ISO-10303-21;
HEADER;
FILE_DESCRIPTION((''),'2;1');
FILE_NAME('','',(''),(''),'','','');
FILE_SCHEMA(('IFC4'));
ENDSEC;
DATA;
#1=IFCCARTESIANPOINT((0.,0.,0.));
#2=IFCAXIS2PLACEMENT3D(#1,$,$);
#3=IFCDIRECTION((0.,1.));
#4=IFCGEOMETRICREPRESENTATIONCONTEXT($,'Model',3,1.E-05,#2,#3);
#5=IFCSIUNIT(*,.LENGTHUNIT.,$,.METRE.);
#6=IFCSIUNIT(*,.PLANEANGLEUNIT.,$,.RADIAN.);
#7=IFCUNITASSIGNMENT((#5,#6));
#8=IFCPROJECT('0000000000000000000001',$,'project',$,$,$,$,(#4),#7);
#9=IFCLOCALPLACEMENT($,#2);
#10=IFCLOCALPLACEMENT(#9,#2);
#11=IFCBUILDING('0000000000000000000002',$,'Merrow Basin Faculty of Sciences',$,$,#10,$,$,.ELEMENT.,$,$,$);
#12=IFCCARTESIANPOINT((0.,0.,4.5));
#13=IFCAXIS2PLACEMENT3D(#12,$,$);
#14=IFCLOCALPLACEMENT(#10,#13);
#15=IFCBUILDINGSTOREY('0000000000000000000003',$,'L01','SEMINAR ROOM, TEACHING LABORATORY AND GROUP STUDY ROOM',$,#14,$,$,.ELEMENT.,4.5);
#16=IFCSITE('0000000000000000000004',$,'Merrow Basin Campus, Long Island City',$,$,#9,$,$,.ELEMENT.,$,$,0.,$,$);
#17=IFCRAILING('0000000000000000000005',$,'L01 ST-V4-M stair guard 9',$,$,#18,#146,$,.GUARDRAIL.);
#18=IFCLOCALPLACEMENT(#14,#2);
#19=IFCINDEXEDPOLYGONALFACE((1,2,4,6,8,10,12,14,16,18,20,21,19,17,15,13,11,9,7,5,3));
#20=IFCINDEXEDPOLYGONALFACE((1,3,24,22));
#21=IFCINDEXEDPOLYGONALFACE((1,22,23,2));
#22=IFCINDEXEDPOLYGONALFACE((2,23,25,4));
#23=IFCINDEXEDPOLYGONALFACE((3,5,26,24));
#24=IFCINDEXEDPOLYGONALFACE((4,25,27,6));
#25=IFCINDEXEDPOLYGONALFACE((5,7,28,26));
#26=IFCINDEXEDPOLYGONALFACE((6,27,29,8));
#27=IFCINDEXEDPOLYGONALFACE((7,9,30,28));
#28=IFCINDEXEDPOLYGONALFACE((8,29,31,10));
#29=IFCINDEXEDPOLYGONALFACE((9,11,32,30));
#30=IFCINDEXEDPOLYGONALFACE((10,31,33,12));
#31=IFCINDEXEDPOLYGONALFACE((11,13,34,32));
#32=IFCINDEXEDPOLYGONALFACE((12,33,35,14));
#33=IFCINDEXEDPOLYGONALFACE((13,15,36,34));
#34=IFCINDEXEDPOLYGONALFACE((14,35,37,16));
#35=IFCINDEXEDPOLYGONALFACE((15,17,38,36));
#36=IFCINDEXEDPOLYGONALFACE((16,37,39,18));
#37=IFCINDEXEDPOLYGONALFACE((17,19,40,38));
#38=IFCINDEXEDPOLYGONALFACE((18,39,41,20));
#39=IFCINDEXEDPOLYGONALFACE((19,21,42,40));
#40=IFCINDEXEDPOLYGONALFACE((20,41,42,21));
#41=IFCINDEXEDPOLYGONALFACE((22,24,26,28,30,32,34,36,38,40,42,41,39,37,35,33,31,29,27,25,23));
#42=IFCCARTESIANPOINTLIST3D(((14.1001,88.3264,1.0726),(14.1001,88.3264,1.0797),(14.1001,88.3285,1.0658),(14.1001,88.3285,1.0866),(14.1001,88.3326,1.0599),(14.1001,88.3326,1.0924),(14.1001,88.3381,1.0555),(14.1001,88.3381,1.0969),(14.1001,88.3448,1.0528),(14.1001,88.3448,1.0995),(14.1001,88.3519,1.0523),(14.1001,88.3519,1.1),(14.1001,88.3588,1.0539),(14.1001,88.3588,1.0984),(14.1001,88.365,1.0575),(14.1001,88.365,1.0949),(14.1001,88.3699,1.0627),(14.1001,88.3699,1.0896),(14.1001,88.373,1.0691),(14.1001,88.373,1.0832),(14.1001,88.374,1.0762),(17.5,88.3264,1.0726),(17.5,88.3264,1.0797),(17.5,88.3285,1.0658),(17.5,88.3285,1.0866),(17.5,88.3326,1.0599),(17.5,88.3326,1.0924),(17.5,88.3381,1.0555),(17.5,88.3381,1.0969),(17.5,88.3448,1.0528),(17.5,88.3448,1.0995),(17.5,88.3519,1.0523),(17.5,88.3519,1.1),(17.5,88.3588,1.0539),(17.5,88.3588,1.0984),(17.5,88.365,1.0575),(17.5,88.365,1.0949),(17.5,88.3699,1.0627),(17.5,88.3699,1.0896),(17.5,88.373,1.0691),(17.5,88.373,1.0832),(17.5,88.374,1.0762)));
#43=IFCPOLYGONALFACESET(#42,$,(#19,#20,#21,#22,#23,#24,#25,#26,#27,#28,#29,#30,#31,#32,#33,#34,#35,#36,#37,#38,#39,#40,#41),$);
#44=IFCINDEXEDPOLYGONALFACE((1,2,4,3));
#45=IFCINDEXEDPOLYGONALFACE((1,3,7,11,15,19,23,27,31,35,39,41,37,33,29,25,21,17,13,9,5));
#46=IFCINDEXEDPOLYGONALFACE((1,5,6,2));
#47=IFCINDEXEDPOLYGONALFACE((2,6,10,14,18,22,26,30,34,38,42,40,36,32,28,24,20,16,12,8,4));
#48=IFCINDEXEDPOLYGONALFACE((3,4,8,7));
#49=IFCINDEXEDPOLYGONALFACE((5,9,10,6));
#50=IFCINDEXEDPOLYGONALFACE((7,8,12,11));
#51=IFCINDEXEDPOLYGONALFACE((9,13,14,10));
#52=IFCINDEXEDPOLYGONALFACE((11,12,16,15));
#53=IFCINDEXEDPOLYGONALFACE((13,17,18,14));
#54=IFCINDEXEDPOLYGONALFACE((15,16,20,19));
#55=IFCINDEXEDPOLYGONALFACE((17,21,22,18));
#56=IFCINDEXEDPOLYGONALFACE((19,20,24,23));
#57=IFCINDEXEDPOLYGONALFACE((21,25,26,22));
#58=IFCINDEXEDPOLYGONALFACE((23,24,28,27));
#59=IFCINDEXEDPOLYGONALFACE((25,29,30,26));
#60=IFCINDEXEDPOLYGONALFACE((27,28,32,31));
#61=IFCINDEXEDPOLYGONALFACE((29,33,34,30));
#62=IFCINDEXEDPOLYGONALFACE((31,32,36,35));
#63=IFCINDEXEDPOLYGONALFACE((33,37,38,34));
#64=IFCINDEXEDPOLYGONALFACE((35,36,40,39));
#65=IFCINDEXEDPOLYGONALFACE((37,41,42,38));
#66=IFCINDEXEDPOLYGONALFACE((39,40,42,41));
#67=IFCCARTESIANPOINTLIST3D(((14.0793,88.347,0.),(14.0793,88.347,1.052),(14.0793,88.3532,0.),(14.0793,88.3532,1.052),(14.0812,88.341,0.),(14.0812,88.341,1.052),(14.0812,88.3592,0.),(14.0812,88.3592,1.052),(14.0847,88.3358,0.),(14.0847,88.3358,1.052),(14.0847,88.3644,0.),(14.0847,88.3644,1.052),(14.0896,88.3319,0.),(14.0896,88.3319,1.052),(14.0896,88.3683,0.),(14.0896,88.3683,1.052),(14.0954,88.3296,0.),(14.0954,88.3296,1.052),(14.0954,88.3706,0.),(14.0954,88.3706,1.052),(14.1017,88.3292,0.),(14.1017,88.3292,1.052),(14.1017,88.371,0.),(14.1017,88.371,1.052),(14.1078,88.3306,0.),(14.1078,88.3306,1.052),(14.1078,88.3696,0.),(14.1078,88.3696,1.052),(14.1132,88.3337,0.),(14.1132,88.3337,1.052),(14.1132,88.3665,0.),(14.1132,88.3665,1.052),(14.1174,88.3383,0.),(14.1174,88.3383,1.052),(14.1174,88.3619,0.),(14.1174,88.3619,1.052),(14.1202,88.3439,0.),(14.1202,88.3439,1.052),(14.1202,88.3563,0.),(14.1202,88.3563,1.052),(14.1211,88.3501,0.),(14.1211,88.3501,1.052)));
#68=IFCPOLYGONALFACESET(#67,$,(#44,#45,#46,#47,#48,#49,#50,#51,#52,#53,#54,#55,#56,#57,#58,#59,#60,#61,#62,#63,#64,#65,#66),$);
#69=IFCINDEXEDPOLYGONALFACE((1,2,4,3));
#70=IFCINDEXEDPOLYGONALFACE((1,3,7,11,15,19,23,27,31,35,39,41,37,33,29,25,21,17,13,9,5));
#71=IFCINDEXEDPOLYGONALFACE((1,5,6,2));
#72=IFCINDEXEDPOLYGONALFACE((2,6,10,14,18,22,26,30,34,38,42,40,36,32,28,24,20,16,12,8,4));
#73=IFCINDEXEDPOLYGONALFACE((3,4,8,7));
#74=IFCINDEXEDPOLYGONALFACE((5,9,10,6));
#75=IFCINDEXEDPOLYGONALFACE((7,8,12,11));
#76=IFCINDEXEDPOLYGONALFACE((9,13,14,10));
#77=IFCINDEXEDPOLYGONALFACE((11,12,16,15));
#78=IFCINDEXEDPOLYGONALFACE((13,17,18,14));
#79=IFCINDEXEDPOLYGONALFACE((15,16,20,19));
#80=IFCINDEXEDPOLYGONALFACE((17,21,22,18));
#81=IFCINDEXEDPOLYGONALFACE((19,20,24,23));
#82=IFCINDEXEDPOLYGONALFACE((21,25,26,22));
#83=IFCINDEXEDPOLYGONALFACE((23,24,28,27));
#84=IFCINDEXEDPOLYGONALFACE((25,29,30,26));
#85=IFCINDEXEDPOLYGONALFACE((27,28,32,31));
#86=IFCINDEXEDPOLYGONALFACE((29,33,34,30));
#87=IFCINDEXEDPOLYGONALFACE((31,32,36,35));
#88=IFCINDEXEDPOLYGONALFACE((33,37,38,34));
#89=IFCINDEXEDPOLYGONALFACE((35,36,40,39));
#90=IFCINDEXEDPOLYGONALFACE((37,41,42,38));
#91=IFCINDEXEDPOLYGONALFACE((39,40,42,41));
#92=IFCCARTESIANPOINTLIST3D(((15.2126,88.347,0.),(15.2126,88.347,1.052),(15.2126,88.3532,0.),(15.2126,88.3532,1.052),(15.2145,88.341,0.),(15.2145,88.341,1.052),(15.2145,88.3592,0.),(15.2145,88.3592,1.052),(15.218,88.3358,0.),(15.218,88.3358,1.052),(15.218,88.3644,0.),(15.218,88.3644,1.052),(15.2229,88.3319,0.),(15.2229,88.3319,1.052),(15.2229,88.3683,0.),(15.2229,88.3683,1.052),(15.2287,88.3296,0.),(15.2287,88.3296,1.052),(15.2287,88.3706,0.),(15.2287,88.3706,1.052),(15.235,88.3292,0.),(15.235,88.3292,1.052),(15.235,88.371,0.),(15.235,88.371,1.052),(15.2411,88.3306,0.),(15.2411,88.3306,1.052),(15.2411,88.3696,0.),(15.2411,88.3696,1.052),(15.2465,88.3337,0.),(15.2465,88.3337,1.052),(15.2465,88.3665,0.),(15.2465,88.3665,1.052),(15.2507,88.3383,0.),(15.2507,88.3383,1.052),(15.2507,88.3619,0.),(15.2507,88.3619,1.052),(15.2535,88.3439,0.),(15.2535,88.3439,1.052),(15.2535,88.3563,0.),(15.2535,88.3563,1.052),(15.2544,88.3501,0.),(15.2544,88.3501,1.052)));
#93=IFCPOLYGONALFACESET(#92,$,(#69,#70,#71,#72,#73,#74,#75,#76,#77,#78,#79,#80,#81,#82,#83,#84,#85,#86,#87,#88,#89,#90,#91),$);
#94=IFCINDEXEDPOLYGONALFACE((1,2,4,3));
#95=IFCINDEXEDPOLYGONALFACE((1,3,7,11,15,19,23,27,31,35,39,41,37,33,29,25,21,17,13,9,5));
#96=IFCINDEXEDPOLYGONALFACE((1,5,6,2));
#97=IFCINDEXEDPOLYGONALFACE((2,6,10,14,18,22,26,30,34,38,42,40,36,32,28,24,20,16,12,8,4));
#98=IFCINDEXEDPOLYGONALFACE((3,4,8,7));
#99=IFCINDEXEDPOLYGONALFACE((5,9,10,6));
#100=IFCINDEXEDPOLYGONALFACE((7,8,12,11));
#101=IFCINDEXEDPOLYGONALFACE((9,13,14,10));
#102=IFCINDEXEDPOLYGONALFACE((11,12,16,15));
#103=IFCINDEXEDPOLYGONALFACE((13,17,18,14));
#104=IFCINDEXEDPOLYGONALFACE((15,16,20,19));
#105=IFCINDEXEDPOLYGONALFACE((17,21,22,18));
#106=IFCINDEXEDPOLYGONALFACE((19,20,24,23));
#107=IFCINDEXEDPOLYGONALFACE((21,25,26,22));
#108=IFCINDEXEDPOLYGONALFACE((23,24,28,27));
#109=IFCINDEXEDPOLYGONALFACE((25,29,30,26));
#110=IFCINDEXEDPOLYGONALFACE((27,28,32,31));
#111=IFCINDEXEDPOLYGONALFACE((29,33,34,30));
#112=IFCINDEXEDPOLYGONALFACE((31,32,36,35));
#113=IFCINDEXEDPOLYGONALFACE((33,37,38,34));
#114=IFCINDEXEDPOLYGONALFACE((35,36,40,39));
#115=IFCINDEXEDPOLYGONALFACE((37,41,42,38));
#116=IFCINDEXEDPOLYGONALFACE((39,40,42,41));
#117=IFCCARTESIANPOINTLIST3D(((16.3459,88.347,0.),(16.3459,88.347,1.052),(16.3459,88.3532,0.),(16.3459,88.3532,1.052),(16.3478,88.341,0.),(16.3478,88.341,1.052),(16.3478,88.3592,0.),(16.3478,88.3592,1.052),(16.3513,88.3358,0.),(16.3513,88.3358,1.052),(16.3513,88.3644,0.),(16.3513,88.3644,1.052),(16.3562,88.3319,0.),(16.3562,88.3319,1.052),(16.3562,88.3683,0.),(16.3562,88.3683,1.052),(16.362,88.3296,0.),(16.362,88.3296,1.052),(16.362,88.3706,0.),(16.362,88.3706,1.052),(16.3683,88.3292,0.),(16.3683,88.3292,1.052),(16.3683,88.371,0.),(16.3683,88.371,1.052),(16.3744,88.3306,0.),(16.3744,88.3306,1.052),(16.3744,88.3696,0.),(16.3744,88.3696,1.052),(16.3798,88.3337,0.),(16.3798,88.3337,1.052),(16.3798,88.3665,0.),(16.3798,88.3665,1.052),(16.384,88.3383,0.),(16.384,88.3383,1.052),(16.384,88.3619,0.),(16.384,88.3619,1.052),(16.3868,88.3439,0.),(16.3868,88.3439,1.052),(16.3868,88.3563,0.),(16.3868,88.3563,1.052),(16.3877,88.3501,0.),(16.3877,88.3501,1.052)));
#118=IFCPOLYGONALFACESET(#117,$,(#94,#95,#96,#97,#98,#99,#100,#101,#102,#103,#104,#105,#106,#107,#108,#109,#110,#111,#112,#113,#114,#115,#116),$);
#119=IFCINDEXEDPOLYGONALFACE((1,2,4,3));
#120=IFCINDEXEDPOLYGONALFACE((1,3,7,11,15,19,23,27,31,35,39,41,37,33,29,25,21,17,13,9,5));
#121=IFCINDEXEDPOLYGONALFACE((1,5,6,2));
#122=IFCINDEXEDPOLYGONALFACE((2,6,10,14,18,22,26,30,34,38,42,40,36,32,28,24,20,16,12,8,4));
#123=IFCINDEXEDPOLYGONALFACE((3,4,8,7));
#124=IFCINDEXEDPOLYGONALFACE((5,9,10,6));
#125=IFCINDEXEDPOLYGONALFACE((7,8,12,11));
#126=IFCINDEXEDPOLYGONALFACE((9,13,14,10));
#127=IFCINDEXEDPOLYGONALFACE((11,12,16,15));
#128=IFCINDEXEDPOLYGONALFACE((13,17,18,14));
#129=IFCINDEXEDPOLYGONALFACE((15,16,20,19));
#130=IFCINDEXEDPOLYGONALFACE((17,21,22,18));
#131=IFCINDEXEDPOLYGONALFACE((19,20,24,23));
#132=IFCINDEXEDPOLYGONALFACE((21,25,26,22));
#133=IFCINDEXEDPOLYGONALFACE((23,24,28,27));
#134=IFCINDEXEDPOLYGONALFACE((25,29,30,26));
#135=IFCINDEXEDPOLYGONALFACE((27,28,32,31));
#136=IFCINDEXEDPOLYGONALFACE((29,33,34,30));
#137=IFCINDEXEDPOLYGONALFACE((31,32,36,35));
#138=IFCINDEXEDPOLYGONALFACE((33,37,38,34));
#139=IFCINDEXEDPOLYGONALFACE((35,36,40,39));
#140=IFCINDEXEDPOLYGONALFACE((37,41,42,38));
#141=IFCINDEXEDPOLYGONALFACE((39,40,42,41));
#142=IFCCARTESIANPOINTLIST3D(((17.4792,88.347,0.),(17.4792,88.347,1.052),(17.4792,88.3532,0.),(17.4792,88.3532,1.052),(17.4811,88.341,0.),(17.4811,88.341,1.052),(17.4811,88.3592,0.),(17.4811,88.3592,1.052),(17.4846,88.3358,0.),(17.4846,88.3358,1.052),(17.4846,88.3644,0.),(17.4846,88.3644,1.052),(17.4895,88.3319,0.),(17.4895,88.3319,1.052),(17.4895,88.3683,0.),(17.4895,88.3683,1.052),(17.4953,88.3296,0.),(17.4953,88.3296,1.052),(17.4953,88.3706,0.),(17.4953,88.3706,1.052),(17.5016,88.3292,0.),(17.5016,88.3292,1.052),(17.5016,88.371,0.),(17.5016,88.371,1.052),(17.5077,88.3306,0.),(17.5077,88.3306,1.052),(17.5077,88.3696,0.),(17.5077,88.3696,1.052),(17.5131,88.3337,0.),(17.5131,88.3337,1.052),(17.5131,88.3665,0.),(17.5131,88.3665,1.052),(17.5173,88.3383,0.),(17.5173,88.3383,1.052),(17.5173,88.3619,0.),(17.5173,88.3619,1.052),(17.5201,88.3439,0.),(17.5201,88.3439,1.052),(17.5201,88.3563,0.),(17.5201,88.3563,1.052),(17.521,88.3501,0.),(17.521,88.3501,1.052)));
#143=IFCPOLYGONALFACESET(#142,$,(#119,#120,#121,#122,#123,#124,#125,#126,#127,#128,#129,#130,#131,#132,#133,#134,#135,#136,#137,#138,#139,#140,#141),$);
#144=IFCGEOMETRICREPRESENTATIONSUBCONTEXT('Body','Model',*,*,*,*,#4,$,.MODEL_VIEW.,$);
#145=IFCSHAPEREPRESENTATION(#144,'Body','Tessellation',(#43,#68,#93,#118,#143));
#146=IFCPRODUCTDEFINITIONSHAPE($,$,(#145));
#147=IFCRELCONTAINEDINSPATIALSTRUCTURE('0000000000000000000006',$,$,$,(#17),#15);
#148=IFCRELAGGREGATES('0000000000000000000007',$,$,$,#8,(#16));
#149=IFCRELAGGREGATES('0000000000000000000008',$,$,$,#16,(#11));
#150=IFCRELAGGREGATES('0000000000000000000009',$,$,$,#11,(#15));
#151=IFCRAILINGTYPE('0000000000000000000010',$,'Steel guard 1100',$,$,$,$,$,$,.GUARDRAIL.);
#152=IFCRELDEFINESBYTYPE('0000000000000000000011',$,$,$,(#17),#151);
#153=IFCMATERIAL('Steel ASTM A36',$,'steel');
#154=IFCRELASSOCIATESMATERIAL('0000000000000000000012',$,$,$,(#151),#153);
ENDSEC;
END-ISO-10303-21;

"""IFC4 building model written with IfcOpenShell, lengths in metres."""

from ifc_helpers import new_model, si_unit, direction, frame, origin, origin_2d, place, context, subcontext, project, spatial, circle, extrude, material, type_object, element, save


model = new_model("IFC4")

# Units and contexts
model_context = context("Model", 3, precision=1e-05, world=origin(), true_north=direction((0.0, 1.0)))
body_context = subcontext(model_context, "Body", "Model", "MODEL_VIEW")
ifc_project = project(units=[si_unit("LENGTHUNIT", "METRE"), si_unit("PLANEANGLEUNIT", "RADIAN")], contexts=[model_context])

# Site, building, storey
site_placement = place(None, origin())
site = spatial("IfcSite", under=ifc_project, at=site_placement, Name="Merrow Basin Campus, Long Island City", CompositionType="ELEMENT", RefElevation=0.0)
building_placement = place(site_placement, origin())
building = spatial("IfcBuilding", under=site, at=building_placement, Name="Merrow Basin Faculty of Sciences", CompositionType="ELEMENT")
storey_placement = place(building_placement, frame((0.0, 0.0, 4.5)))
storey = spatial("IfcBuildingStorey", under=building, at=storey_placement, Name="L01", Description="SEMINAR ROOM, TEACHING LABORATORY AND GROUP STUDY ROOM", CompositionType="ELEMENT", Elevation=4.5)

# Railing
ifc_material_1 = material(Name="Steel ASTM A36", Category="steel")
railing_type_1 = type_object("IfcRailingType", Name="Steel guard 1100", PredefinedType="GUARDRAIL", material=ifc_material_1)
railing_1_placement = place(storey_placement, frame((14.1001, 88.3501, 0.0)))
element("IfcRailing", 1, at=railing_1_placement, inside=storey, type_object=railing_type_1, Name="L01 ST-V4-M stair guard 9", PredefinedType="GUARDRAIL", context=body_context, shape_type="SweptSolid", body=[
    extrude(circle(Radius=0.0239, at=origin_2d()), frame((0.0, 0.0, 1.0762), z_axis=(1.0, 0.0, 0.0), x_axis=(0.0, 1.0, 0.0)), (0.0, 0.0, 1.0), 3.3999),
    extrude(circle(Radius=0.021, at=origin_2d()), origin(), (0.0, 0.0, 1.0), 1.052),
    extrude(circle(Radius=0.021, at=origin_2d()), frame((1.1333, 0.0, 0.0)), (0.0, 0.0, 1.0), 1.052),
    extrude(circle(Radius=0.021, at=origin_2d()), frame((2.2666, 0.0, 0.0)), (0.0, 0.0, 1.0), 1.052),
    extrude(circle(Radius=0.021, at=origin_2d()), frame((3.3999, 0.0, 0.0)), (0.0, 0.0, 1.0), 1.052),
])

save(model, "model.ifc")
